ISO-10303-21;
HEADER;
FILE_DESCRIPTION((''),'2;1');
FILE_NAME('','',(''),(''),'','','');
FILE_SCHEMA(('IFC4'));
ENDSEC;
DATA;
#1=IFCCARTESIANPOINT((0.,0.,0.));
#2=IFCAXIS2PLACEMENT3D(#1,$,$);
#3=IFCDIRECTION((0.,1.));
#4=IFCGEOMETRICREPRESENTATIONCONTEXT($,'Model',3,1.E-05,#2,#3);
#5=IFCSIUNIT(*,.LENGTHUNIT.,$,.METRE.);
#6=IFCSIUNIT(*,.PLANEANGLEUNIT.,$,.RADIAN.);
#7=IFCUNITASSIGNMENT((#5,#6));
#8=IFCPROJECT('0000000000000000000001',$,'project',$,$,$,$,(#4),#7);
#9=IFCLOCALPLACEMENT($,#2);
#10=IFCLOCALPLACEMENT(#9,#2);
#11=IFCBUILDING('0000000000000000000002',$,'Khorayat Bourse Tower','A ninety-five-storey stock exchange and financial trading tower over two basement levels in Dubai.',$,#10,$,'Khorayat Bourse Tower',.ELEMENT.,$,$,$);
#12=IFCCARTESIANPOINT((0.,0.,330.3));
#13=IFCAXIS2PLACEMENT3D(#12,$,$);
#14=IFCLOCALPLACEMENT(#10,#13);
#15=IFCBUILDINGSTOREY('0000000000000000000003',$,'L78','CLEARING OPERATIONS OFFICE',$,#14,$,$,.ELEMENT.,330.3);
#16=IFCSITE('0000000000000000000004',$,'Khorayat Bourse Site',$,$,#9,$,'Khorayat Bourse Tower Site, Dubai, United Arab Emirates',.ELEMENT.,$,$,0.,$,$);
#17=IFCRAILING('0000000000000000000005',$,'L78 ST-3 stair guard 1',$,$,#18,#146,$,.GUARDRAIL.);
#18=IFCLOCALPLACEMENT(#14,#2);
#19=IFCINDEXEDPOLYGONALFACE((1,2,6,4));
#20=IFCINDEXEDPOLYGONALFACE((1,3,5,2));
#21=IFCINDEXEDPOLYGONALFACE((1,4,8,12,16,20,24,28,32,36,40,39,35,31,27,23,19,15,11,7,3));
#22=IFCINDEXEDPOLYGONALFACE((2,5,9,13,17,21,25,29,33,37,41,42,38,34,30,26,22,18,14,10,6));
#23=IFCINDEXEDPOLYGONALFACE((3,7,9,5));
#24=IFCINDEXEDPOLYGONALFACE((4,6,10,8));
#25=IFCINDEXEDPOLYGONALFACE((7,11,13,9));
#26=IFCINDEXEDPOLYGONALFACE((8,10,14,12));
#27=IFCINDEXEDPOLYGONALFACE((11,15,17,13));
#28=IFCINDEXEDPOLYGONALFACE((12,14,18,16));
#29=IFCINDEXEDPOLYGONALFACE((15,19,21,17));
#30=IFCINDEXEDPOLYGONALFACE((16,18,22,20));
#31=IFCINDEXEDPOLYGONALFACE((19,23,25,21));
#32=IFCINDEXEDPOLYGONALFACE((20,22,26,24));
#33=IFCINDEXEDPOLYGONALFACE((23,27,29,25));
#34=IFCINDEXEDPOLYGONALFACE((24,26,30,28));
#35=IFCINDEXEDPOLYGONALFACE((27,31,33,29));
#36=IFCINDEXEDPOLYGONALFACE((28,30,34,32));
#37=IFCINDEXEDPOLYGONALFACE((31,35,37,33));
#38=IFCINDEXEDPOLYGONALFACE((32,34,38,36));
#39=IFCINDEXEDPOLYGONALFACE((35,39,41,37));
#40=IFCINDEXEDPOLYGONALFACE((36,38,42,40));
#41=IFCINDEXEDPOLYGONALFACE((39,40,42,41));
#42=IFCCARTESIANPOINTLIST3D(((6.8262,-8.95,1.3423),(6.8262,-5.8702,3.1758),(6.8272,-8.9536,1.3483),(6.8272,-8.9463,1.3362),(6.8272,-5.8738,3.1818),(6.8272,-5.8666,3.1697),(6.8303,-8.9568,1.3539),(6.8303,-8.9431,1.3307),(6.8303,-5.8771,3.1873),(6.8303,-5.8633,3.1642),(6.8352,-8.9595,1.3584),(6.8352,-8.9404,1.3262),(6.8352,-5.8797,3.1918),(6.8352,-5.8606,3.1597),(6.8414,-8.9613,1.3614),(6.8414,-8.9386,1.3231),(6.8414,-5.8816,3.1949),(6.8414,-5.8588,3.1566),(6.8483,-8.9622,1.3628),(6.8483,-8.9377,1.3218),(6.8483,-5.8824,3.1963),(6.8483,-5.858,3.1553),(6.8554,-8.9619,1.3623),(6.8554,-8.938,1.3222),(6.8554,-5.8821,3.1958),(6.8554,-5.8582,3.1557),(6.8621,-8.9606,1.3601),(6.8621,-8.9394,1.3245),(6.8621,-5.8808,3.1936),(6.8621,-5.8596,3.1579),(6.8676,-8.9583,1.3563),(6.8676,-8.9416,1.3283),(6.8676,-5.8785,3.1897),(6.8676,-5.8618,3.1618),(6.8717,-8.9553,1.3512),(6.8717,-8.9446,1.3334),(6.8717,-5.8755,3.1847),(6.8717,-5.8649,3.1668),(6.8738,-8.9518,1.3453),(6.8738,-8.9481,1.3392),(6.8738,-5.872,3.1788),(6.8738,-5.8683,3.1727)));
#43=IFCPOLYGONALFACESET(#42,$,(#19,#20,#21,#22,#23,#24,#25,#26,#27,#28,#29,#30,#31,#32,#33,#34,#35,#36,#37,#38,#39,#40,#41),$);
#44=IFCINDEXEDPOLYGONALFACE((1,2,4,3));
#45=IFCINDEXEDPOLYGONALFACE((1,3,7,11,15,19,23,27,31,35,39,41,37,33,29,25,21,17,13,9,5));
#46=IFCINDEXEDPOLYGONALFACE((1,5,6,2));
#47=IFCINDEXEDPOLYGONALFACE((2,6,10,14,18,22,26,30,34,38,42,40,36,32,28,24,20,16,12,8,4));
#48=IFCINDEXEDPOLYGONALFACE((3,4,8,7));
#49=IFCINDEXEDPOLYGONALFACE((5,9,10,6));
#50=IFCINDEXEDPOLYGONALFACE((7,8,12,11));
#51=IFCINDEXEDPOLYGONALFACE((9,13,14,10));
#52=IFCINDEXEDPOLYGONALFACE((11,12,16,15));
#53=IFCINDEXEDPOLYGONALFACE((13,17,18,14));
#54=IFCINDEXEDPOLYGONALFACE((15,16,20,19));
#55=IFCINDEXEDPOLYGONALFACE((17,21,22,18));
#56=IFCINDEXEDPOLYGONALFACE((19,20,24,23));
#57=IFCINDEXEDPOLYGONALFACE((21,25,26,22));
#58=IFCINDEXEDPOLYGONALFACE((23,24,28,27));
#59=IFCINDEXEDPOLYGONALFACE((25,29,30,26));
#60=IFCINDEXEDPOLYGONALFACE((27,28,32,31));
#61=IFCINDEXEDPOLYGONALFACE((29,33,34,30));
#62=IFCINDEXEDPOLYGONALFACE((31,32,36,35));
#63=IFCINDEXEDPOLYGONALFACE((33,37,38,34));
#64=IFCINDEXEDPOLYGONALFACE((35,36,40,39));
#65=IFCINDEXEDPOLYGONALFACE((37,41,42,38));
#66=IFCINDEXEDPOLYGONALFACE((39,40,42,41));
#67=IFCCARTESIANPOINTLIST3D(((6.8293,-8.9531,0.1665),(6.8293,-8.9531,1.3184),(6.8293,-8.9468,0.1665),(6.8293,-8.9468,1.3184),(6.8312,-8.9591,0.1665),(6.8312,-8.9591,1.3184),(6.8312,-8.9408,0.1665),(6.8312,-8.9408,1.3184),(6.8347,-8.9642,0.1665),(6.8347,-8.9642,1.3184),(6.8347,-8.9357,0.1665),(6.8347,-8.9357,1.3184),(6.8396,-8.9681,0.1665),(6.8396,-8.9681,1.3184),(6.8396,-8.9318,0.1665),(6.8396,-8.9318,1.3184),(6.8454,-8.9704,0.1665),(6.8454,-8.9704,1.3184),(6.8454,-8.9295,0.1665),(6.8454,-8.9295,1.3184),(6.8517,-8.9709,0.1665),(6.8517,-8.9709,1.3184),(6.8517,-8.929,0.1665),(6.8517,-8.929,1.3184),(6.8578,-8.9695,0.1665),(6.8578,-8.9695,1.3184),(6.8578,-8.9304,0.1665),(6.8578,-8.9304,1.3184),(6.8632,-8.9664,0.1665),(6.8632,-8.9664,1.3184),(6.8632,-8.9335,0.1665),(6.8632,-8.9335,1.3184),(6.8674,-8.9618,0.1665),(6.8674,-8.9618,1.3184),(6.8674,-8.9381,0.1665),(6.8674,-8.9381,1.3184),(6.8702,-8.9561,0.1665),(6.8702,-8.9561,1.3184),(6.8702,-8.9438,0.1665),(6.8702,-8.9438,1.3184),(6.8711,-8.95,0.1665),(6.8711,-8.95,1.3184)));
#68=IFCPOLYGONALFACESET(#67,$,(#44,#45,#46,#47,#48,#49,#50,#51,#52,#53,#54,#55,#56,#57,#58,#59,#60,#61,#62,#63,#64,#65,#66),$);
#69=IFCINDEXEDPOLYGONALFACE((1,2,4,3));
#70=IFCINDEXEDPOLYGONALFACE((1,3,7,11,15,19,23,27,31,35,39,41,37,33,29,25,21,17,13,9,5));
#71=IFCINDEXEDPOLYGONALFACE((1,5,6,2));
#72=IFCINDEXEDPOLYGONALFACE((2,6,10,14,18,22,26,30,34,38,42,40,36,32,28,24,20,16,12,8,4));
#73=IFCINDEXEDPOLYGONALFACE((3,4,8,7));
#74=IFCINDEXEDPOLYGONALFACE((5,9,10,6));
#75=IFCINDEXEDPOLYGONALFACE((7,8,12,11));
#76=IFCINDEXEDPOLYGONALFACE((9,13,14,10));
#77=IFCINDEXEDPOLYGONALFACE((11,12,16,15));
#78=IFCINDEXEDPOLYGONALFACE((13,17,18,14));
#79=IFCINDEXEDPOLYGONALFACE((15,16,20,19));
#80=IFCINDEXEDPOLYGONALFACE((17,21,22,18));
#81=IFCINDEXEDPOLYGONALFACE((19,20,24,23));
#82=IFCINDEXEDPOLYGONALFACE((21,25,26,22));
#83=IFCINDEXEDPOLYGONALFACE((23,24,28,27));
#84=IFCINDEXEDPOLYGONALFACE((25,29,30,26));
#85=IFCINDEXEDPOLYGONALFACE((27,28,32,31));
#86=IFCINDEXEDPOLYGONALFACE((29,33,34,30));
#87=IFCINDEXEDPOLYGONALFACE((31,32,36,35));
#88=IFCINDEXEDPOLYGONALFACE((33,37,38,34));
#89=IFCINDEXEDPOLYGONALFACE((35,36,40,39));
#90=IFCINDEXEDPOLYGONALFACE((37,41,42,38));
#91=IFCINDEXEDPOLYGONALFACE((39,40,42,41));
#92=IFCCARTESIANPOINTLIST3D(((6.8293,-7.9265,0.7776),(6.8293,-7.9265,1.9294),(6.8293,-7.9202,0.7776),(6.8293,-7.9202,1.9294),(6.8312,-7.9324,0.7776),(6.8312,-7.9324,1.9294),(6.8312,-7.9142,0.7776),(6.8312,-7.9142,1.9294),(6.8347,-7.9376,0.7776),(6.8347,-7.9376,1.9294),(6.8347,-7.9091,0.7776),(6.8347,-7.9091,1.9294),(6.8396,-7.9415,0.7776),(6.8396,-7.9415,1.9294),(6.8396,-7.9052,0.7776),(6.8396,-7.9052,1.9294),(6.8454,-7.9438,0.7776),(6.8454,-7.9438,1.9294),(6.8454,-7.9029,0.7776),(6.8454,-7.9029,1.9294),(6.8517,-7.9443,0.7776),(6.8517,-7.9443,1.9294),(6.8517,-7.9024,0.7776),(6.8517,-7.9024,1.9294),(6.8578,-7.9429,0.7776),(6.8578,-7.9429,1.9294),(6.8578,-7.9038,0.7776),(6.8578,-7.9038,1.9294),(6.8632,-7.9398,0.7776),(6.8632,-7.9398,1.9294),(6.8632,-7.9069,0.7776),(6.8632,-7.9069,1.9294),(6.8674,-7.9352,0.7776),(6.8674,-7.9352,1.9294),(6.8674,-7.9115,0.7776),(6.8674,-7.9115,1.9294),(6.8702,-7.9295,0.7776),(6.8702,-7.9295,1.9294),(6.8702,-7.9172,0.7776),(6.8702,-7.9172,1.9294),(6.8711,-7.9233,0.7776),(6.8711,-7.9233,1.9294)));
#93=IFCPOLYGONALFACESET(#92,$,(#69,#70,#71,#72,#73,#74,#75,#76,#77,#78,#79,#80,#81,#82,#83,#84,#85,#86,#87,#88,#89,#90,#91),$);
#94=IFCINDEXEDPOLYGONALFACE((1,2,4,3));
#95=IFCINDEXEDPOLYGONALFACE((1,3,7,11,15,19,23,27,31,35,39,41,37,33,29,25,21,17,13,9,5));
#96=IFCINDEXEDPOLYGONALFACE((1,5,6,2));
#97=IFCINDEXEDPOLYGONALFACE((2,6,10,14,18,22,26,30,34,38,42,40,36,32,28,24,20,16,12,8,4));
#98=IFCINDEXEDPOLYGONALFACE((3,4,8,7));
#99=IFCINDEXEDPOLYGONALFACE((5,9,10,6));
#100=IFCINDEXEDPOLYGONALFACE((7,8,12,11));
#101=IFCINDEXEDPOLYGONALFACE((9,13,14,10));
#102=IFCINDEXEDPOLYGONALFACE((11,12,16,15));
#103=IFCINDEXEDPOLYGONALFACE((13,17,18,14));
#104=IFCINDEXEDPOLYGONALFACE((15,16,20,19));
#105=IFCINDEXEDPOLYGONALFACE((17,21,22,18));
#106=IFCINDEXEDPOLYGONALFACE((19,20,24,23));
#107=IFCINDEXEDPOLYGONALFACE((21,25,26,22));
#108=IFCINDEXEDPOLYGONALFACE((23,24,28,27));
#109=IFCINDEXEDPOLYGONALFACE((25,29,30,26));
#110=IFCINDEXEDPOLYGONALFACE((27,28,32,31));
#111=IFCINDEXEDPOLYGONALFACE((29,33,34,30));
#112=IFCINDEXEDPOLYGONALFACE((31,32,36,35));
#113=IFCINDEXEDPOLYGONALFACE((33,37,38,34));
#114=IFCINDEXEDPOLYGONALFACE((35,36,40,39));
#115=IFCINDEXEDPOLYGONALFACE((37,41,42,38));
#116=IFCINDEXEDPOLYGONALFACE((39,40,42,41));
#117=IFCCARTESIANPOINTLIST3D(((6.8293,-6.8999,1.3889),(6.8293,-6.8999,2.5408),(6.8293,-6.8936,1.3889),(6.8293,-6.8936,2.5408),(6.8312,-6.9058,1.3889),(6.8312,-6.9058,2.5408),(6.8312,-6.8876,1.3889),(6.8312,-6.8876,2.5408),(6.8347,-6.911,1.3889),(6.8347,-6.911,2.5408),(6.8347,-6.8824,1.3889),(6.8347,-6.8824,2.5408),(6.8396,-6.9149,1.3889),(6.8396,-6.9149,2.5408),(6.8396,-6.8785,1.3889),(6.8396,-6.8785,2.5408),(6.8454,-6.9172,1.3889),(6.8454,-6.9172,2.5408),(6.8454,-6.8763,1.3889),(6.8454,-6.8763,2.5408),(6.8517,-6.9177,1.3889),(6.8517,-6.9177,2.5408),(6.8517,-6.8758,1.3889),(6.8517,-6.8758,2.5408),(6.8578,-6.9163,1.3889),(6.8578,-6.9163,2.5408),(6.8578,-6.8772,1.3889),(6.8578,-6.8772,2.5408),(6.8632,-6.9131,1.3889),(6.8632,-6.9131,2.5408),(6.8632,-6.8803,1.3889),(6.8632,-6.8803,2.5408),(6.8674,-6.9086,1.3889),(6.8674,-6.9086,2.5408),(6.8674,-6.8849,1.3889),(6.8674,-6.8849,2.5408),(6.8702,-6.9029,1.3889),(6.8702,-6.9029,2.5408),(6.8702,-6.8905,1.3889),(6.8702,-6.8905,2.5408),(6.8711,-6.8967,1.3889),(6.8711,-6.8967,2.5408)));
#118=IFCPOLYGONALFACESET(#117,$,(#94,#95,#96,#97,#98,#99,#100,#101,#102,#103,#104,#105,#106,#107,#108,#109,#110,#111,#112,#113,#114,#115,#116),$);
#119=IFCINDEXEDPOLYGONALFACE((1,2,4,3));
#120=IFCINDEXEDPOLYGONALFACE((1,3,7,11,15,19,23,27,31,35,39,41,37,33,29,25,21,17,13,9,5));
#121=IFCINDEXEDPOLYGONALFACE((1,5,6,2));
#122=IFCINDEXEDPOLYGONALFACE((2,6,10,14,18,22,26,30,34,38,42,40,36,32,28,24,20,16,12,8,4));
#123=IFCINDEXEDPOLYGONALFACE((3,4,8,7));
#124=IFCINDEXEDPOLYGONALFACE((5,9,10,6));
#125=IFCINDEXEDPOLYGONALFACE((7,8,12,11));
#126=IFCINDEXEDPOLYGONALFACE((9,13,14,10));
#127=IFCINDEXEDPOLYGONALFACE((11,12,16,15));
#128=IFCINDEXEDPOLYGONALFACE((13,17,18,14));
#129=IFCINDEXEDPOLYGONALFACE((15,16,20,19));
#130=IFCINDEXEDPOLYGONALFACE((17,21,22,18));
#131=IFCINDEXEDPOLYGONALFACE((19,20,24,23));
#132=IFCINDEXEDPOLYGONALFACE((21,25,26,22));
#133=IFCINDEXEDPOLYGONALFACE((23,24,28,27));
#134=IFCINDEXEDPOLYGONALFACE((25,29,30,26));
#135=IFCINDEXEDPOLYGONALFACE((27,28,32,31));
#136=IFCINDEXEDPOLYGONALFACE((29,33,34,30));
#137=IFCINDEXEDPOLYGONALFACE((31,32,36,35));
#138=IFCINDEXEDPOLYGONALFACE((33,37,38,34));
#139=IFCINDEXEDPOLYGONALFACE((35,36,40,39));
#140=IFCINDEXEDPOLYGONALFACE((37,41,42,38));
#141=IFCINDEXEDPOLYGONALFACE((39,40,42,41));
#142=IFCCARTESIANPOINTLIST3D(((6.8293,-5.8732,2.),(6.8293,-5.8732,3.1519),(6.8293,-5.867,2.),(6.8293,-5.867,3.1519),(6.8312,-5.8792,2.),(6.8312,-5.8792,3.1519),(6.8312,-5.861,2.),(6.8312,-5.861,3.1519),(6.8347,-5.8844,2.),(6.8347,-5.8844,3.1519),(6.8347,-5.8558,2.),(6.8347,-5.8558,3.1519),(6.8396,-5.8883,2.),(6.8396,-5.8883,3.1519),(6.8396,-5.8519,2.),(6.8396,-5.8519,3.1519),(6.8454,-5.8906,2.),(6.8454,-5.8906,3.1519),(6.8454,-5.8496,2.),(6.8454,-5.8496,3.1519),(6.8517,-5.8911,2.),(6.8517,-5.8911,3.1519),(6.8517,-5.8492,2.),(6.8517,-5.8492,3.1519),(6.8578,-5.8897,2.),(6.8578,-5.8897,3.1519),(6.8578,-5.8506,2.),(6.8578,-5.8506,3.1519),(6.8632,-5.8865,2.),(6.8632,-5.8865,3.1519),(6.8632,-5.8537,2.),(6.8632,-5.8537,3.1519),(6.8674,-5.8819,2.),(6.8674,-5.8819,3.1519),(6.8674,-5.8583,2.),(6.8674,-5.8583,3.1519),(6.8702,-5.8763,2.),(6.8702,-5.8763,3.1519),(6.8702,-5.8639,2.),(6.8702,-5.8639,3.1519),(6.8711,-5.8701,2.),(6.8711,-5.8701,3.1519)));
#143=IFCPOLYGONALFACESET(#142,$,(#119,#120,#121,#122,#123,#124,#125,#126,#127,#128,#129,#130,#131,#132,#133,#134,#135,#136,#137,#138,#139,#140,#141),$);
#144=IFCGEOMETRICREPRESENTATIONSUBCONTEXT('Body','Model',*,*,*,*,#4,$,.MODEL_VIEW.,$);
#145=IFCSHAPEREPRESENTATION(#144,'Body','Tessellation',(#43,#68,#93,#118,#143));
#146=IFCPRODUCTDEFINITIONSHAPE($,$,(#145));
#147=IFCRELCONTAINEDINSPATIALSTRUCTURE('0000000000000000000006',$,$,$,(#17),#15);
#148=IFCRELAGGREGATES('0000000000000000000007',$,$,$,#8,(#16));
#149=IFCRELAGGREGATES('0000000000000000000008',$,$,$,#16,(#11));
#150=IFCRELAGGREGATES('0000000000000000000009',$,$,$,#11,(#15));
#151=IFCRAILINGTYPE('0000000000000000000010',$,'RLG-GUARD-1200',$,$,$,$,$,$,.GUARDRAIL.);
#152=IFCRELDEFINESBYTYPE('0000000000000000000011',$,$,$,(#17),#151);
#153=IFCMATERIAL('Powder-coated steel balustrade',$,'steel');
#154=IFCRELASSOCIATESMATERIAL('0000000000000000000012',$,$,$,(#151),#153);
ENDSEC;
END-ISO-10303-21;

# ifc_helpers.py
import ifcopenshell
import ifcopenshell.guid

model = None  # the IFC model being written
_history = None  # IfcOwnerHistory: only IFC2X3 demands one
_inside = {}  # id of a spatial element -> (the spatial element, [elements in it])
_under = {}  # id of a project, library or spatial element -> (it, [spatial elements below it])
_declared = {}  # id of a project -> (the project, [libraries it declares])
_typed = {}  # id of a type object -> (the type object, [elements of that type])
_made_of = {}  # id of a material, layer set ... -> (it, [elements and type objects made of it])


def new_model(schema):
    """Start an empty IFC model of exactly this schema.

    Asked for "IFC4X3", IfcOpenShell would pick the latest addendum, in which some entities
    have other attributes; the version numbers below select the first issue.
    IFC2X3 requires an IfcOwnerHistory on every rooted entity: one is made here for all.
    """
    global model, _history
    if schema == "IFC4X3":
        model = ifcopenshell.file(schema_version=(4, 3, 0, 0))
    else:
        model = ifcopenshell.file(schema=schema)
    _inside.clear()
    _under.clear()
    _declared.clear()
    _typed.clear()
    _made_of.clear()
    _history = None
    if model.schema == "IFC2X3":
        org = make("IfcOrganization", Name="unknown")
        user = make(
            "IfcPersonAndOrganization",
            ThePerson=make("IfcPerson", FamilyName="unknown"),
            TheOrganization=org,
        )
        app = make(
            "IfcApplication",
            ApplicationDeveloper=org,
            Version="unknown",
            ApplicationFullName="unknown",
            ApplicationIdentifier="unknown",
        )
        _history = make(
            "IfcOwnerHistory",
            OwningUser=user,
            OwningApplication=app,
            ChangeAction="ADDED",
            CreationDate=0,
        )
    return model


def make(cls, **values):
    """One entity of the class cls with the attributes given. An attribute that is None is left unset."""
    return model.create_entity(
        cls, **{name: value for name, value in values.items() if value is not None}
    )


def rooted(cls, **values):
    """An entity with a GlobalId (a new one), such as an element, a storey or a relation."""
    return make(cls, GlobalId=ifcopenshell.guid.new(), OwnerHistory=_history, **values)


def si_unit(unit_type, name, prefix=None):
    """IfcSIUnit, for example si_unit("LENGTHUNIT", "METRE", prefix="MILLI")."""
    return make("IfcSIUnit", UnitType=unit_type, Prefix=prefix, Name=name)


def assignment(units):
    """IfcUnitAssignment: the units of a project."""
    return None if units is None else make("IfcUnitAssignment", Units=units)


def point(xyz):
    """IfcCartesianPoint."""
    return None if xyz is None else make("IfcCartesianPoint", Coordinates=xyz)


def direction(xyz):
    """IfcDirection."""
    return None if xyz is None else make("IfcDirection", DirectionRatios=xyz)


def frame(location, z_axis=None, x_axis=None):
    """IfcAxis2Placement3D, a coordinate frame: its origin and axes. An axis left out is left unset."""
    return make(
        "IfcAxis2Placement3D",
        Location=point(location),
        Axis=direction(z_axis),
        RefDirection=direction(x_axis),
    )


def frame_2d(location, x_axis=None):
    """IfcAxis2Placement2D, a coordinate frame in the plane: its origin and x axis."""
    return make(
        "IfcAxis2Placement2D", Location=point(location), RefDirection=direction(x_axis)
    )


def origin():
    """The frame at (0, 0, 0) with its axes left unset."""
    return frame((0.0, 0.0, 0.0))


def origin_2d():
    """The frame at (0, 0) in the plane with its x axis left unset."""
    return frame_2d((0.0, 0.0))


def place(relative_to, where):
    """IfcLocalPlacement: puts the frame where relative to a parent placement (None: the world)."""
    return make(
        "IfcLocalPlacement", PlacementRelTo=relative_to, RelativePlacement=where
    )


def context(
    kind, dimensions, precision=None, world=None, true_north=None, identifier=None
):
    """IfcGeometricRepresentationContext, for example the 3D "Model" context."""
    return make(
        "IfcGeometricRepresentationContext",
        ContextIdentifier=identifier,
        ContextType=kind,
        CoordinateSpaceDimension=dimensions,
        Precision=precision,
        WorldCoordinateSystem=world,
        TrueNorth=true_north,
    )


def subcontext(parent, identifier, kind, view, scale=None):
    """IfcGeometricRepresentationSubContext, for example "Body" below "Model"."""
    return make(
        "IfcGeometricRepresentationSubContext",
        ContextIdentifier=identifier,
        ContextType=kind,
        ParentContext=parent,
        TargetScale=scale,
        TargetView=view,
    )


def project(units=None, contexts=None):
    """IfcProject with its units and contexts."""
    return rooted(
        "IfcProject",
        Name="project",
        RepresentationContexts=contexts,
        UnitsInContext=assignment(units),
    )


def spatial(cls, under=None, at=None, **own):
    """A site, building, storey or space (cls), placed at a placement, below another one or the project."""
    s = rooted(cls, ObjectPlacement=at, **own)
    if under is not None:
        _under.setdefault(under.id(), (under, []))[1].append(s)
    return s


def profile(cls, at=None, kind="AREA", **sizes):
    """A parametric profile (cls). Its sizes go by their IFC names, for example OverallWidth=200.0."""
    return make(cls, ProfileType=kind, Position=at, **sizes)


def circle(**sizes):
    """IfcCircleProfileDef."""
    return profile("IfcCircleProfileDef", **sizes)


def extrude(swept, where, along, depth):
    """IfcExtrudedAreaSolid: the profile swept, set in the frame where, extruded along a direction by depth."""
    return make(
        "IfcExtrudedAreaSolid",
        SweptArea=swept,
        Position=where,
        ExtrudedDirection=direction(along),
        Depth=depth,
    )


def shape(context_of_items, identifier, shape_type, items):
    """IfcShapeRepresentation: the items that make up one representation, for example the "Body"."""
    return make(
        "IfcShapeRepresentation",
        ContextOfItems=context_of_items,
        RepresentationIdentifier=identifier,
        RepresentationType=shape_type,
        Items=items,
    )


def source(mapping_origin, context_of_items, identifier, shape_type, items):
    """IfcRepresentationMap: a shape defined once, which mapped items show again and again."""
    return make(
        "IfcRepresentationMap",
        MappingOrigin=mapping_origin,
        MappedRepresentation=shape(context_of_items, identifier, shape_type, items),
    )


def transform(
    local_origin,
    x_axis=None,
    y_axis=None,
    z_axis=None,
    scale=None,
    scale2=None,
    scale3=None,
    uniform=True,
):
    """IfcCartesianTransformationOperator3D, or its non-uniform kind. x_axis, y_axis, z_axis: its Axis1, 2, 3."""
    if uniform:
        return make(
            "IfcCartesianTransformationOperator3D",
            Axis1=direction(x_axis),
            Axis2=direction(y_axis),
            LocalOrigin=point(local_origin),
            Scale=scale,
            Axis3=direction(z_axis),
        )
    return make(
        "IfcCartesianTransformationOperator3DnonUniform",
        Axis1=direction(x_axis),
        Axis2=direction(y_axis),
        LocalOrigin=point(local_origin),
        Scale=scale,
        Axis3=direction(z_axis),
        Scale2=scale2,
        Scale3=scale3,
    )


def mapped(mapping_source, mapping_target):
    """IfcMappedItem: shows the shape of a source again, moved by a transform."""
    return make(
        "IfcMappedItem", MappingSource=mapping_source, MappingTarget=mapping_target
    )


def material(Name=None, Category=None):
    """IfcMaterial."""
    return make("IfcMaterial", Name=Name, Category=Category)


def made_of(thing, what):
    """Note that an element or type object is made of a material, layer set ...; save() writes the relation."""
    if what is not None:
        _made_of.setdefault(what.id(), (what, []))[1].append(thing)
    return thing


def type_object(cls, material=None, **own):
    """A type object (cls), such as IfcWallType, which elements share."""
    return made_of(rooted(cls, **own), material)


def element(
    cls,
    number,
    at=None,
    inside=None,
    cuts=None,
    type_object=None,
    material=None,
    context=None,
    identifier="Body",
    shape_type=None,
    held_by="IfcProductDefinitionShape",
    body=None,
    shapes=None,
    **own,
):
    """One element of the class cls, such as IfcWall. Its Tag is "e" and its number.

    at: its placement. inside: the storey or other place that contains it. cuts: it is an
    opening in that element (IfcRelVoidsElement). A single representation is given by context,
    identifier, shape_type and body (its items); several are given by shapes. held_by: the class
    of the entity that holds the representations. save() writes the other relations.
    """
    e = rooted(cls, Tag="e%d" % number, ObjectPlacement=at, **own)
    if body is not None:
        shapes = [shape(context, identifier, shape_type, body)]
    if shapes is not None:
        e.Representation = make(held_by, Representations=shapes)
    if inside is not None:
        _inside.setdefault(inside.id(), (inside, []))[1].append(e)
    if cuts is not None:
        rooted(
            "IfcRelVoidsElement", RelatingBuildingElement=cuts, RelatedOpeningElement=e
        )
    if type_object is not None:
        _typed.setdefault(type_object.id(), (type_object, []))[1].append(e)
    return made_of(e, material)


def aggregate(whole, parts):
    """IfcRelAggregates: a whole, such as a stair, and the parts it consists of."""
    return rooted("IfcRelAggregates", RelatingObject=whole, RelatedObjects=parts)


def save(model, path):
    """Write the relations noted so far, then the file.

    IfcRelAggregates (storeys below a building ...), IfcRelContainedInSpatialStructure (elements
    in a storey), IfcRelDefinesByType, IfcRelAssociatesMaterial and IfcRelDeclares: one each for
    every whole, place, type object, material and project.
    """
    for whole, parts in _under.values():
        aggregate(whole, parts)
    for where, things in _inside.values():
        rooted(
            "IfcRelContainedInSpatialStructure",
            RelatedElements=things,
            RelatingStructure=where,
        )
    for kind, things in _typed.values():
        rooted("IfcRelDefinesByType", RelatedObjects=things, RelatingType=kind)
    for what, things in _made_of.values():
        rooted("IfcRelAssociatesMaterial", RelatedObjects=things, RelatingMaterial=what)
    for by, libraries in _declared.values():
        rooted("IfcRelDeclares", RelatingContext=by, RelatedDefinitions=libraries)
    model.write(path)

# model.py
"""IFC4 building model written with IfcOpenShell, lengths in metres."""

from ifc_helpers import new_model, si_unit, direction, frame, origin, origin_2d, place, context, subcontext, project, spatial, circle, extrude, source, transform, mapped, material, type_object, element, save


model = new_model("IFC4")

# Units and contexts
model_context = context("Model", 3, precision=1e-05, world=origin(), true_north=direction((0.0, 1.0)))
body_context = subcontext(model_context, "Body", "Model", "MODEL_VIEW")
ifc_project = project(units=[si_unit("LENGTHUNIT", "METRE"), si_unit("PLANEANGLEUNIT", "RADIAN")], contexts=[model_context])

# Site, building, storey
site_placement = place(None, origin())
site = spatial("IfcSite", under=ifc_project, at=site_placement, Name="Khorayat Bourse Site", LongName="Khorayat Bourse Tower Site, Dubai, United Arab Emirates", CompositionType="ELEMENT", RefElevation=0.0)
building_placement = place(site_placement, origin())
building = spatial("IfcBuilding", under=site, at=building_placement, Name="Khorayat Bourse Tower", Description="A ninety-five-storey stock exchange and financial trading tower over two basement levels in Dubai.", LongName="Khorayat Bourse Tower", CompositionType="ELEMENT")
storey_placement = place(building_placement, frame((0.0, 0.0, 330.3)))
storey = spatial("IfcBuildingStorey", under=building, at=storey_placement, Name="L78", Description="CLEARING OPERATIONS OFFICE", CompositionType="ELEMENT", Elevation=330.3)

# Railing
ifc_material_1 = material(Name="Powder-coated steel balustrade", Category="steel")
railing_type_1 = type_object("IfcRailingType", Name="RLG-GUARD-1200", PredefinedType="GUARDRAIL", material=ifc_material_1)
shared_shape_1 = source(origin(), body_context, "Body", "SweptSolid", [
    extrude(circle(Radius=0.0239, at=origin_2d()), frame((0.0, 0.0, 1.1758), z_axis=(0.0, 0.859261, 0.511538), x_axis=(-1.0, 0.0, 0.0)), (0.0, 0.0, 1.0), 3.5842),
    extrude(circle(Radius=0.021, at=origin_2d()), origin(), (0.0, 0.0, 1.0), 1.1519),
    extrude(circle(Radius=0.021, at=origin_2d()), frame((0.0, 1.0266, 0.6111)), (0.0, 0.0, 1.0), 1.1519),
    extrude(circle(Radius=0.021, at=origin_2d()), frame((0.0, 2.0532, 1.2224)), (0.0, 0.0, 1.0), 1.1519),
    extrude(circle(Radius=0.021, at=origin_2d()), frame((0.0, 3.0798, 1.8335)), (0.0, 0.0, 1.0), 1.1519),
])
railing_1_placement = place(storey_placement, frame((6.8501, -8.95, 0.1665)))
element("IfcRailing", 1, at=railing_1_placement, inside=storey, type_object=railing_type_1, Name="L78 ST-3 stair guard 1", PredefinedType="GUARDRAIL", context=body_context, shape_type="MappedRepresentation", body=[
    mapped(shared_shape_1, transform((0.0, 0.0, 0.0), scale=1.0)),
])

save(model, "model.ifc")
